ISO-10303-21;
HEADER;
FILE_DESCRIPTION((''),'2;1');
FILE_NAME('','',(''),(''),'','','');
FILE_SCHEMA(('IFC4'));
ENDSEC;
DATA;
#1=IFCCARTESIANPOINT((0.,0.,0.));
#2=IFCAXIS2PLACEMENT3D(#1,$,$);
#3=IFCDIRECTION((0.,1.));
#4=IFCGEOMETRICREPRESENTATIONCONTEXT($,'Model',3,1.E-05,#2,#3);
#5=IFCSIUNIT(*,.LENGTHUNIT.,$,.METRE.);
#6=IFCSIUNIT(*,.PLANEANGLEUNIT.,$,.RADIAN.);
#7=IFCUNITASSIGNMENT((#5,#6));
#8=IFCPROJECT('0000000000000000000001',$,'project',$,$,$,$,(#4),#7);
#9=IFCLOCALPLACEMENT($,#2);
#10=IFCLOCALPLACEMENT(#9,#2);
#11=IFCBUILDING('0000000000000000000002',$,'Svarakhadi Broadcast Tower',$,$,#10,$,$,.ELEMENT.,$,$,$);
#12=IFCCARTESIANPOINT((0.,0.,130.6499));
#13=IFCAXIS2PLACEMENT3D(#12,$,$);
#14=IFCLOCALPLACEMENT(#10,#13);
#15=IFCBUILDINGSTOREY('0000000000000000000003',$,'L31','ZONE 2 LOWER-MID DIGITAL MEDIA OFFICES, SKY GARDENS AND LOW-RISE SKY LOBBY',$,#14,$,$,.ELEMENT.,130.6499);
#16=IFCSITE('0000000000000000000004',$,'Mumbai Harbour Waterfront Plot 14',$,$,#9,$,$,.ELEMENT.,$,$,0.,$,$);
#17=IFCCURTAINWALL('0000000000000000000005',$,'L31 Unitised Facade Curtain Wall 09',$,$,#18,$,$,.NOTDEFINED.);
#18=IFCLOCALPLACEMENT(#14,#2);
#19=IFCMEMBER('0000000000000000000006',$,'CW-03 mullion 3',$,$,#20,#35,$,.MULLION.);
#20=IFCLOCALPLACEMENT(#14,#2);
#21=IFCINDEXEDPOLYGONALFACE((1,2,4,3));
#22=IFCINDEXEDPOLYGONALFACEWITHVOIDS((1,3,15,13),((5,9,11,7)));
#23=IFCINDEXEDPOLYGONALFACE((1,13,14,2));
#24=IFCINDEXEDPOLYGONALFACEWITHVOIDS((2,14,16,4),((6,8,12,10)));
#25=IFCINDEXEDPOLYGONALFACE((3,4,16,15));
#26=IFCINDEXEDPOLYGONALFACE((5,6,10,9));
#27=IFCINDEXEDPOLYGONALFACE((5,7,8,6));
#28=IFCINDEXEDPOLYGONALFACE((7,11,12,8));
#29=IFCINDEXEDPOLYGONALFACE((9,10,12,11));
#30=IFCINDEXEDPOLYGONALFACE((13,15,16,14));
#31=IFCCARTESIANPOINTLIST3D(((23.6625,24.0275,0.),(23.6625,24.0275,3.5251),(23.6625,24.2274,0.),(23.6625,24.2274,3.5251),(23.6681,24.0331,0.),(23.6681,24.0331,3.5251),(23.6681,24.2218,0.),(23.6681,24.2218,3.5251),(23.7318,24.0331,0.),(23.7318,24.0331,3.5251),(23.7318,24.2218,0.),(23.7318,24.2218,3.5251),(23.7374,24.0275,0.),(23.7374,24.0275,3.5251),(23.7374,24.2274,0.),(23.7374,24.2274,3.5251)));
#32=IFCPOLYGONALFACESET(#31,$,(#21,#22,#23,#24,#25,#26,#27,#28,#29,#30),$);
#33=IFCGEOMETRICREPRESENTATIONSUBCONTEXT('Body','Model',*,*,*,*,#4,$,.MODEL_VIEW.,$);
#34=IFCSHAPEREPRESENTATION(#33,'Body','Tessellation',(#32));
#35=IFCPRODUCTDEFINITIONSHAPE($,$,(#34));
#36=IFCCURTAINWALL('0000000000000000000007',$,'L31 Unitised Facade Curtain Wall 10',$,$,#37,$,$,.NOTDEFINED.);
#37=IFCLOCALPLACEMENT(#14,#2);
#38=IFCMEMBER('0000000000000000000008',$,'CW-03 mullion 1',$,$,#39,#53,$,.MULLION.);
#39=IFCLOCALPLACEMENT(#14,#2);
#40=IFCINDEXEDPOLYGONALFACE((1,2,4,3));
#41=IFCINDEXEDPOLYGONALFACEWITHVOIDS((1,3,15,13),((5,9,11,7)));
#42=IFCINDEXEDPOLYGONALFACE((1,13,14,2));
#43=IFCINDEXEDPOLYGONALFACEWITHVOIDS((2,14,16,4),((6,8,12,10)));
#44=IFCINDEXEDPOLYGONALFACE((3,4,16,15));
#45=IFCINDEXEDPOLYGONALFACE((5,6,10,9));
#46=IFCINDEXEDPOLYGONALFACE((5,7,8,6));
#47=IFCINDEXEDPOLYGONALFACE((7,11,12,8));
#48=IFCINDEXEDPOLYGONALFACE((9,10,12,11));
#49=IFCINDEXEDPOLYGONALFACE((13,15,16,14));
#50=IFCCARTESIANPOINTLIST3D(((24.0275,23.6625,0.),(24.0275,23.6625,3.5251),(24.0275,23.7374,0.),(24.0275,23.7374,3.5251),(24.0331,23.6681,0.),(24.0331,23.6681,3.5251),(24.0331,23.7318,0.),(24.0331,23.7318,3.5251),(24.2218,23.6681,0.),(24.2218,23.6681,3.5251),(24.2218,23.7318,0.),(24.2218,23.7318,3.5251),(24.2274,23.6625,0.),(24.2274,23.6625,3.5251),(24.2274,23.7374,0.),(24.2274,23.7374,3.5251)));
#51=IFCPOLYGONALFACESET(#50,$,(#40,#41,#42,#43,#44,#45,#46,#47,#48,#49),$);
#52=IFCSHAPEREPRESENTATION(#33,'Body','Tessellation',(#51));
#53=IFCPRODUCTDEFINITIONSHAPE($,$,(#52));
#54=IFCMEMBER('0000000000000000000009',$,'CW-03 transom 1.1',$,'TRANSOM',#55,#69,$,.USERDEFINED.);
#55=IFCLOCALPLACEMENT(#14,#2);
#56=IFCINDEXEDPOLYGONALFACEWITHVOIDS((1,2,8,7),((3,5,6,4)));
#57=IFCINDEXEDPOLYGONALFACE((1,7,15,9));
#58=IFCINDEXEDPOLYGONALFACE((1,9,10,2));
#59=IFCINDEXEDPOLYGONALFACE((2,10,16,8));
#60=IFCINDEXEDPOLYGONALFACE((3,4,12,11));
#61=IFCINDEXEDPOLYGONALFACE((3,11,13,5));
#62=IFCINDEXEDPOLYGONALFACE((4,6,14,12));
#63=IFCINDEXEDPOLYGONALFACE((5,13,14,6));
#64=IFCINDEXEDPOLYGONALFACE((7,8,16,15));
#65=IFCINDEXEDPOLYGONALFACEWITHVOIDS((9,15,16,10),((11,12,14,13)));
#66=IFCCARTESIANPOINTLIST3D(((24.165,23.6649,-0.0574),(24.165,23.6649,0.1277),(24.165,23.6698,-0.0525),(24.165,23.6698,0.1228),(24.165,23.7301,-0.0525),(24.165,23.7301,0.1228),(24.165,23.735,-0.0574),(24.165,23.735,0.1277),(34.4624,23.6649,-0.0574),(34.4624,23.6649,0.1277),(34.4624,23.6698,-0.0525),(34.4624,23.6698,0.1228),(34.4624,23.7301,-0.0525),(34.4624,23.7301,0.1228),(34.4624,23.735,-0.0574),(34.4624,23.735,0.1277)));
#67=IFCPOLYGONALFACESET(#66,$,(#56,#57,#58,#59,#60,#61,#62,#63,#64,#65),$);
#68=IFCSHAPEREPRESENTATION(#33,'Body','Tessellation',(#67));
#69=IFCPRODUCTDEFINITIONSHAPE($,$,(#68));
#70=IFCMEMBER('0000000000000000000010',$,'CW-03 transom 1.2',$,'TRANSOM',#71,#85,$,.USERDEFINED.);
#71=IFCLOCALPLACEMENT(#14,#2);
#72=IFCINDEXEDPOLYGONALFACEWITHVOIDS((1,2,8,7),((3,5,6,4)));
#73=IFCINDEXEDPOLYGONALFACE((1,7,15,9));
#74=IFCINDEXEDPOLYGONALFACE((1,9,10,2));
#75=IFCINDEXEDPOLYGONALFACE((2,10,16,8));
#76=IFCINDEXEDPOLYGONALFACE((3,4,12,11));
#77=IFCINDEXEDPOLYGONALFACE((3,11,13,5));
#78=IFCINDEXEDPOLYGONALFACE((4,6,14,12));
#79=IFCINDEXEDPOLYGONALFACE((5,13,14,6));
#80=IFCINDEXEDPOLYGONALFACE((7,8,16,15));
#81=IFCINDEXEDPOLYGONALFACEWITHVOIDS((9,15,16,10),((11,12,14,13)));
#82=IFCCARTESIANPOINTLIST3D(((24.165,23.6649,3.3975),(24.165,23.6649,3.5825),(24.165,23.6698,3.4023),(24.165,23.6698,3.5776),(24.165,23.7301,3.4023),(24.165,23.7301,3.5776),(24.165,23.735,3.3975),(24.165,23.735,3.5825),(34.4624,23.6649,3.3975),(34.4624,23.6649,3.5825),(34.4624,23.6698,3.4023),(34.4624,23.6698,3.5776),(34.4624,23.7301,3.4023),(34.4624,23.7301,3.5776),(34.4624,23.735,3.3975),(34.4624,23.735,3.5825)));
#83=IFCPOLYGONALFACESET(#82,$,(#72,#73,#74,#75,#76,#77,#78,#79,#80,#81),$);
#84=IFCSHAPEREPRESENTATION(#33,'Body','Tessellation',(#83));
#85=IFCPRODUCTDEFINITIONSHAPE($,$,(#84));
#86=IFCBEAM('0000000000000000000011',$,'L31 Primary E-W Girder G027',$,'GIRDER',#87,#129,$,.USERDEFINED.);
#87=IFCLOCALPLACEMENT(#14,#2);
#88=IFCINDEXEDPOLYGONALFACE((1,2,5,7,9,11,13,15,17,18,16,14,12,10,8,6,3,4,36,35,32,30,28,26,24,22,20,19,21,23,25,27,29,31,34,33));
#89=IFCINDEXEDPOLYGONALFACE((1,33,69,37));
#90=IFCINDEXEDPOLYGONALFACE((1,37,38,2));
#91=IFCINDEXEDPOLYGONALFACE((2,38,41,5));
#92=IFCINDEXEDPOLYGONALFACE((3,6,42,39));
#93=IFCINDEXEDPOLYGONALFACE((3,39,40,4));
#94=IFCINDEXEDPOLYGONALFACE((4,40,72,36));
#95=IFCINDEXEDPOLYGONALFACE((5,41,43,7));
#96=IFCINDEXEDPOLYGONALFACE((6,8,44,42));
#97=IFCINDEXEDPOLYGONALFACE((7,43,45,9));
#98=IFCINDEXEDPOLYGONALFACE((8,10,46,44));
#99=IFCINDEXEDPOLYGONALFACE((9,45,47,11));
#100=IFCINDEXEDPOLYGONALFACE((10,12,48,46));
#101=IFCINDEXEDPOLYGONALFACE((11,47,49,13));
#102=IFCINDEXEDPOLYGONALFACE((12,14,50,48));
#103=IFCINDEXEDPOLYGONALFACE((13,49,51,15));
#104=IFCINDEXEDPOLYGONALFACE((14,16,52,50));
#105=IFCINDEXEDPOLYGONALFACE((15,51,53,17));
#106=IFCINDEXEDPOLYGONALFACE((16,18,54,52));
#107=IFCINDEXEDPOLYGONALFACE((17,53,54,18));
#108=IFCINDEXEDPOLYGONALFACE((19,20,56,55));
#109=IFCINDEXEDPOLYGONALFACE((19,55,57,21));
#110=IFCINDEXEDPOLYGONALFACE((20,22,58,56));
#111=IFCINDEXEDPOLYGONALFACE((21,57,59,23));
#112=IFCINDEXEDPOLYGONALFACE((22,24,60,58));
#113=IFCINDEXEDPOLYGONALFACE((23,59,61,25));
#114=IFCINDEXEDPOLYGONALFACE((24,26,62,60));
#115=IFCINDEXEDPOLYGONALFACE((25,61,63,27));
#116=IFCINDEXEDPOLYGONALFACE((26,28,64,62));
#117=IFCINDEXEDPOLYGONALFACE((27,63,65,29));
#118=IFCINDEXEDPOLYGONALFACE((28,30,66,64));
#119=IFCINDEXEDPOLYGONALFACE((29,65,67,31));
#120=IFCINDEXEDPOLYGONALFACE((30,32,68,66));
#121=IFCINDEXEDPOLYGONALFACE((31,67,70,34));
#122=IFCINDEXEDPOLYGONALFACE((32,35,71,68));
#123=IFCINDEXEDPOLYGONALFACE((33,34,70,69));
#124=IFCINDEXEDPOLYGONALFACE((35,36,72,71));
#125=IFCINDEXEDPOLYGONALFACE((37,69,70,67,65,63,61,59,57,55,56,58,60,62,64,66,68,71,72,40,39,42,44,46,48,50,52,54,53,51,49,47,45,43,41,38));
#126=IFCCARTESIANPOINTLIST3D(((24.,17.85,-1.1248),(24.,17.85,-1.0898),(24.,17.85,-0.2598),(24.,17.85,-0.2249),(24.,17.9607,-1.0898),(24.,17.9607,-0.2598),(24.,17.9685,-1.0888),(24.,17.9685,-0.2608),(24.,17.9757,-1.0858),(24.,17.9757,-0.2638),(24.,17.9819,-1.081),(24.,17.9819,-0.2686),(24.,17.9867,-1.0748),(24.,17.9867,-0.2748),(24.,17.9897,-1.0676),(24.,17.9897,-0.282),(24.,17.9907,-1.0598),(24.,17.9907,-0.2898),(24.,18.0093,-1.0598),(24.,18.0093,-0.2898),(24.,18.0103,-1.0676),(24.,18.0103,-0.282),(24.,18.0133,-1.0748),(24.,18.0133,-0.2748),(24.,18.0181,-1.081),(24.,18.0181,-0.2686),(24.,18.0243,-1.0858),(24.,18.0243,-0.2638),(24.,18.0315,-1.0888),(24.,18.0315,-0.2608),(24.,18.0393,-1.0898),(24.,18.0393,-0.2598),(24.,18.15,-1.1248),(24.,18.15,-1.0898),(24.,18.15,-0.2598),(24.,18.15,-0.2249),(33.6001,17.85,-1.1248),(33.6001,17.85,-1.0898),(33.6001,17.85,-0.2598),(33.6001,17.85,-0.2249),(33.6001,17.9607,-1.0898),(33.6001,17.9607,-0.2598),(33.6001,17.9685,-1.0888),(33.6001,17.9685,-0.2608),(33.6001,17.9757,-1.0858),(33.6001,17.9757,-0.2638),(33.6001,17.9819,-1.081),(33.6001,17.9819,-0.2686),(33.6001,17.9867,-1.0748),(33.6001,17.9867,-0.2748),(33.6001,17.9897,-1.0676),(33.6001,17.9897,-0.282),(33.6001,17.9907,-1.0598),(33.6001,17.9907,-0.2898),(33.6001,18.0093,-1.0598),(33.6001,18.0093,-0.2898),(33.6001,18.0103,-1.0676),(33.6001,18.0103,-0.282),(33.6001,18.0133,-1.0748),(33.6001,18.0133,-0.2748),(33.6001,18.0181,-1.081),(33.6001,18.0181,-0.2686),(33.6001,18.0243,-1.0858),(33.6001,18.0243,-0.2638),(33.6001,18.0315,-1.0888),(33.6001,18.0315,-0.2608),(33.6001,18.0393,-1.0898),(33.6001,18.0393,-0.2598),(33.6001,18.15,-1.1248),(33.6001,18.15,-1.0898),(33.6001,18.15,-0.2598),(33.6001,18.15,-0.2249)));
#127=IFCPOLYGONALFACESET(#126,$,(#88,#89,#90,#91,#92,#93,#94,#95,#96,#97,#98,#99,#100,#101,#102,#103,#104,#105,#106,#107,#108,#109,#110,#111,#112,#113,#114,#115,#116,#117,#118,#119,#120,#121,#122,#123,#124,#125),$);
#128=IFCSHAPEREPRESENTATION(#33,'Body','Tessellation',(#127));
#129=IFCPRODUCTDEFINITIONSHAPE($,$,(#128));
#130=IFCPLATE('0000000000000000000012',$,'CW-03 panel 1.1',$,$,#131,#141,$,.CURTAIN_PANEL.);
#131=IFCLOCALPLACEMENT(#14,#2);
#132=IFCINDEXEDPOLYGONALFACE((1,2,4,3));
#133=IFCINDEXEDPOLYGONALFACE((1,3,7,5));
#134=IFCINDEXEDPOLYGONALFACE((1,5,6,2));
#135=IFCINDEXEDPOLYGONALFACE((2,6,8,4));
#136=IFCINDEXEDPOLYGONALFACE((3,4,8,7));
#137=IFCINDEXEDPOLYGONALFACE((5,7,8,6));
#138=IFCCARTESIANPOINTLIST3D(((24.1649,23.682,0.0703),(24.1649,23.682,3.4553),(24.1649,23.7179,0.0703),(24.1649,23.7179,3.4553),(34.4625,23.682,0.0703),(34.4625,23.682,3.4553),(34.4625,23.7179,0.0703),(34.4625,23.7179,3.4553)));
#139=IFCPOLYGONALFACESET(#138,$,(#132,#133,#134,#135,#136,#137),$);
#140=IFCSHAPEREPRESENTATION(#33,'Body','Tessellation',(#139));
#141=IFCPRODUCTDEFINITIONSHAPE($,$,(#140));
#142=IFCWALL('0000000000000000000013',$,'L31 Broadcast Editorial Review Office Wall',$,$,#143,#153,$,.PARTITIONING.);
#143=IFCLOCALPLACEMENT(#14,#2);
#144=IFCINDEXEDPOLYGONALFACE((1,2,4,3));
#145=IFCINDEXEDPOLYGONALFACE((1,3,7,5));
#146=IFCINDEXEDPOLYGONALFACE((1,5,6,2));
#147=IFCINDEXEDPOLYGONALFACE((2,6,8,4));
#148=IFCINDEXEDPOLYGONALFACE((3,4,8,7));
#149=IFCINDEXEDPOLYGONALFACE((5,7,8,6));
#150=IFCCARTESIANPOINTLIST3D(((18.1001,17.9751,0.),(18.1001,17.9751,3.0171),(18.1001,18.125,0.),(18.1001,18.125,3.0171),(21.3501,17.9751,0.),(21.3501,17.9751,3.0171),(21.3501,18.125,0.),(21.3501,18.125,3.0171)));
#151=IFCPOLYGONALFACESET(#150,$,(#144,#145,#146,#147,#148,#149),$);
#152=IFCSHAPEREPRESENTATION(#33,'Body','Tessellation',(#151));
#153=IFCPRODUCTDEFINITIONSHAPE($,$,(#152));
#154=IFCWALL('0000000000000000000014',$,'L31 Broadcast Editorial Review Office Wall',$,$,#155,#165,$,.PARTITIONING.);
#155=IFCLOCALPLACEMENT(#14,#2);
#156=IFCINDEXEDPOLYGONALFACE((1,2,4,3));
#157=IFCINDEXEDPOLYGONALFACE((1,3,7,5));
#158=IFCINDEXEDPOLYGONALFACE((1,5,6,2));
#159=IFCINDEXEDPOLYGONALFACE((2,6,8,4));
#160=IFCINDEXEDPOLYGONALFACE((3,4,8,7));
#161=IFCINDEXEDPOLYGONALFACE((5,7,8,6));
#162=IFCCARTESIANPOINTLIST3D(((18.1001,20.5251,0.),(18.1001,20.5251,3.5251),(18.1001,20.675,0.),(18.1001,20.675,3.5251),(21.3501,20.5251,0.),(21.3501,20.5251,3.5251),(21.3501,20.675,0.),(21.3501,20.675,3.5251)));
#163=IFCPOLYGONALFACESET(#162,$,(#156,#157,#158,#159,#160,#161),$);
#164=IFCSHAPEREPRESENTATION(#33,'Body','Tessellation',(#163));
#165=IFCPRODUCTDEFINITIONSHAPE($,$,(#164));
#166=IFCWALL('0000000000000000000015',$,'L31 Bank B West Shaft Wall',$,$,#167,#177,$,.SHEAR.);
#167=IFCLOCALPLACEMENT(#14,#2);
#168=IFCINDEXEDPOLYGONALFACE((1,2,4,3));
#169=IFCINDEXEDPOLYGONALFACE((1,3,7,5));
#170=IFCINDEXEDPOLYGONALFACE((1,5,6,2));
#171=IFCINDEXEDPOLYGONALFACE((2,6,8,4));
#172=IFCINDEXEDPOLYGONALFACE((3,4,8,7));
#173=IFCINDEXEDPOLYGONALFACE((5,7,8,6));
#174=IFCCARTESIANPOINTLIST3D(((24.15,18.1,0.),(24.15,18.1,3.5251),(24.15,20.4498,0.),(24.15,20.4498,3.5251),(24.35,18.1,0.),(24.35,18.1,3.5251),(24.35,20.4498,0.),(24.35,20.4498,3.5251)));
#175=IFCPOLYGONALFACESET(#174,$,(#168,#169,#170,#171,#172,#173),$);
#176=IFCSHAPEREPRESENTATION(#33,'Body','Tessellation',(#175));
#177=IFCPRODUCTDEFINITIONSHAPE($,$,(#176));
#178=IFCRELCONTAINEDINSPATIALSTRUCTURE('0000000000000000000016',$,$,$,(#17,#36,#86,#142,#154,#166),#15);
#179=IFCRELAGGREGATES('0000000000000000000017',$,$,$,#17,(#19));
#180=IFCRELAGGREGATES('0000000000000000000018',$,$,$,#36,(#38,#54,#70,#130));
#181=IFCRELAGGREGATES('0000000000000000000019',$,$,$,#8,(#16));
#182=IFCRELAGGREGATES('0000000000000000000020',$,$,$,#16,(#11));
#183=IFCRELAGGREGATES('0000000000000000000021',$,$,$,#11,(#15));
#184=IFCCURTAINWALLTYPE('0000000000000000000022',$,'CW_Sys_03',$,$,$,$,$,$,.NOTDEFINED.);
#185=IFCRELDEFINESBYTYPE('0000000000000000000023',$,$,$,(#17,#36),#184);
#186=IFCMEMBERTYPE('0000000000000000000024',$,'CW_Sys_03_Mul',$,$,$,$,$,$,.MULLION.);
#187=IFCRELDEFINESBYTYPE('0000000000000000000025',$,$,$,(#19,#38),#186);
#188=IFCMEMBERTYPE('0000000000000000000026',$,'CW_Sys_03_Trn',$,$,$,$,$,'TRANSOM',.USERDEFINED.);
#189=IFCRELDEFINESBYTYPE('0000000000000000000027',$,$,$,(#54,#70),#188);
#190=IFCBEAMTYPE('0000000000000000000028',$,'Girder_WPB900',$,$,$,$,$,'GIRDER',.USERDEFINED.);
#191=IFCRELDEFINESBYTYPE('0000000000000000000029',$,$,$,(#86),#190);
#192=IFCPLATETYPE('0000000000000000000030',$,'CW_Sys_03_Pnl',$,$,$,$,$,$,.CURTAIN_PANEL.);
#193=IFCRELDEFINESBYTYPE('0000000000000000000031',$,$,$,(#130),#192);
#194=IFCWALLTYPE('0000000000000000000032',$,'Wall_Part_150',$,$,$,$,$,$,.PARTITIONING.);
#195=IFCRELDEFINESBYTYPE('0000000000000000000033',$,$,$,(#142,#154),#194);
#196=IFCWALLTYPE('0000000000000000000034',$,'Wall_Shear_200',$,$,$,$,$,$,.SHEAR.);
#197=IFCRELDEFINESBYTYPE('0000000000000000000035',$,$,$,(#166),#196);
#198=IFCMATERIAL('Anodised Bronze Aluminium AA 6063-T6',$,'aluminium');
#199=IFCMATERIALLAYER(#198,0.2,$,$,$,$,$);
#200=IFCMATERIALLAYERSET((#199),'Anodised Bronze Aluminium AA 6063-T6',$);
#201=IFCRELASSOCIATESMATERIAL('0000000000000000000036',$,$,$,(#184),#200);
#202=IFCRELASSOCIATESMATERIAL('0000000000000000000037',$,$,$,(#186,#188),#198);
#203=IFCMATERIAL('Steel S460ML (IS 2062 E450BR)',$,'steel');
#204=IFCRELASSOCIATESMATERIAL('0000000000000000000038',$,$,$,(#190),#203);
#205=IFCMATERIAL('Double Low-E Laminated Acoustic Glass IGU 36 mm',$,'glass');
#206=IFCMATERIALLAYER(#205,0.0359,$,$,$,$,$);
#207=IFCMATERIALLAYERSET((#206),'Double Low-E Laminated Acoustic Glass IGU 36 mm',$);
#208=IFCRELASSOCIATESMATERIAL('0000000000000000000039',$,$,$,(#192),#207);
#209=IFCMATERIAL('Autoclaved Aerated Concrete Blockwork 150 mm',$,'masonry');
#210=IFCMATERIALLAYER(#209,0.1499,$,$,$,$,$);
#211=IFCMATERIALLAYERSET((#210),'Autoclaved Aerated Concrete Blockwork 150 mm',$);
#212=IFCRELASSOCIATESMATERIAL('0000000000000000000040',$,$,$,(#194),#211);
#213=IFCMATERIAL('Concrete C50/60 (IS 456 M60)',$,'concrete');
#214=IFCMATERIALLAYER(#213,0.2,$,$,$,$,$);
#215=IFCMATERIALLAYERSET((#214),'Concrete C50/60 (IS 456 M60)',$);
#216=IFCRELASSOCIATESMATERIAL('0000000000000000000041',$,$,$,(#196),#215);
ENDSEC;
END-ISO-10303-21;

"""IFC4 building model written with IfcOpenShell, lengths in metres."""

from ifc_helpers import new_model, si_unit, direction, frame, frame_2d, origin, origin_2d, place, context, subcontext, project, spatial, rectangle, hollow_rectangle, i_section, extrude, material, layer, layer_set, material_profile, profile_set, type_object, element, aggregate, save


model = new_model("IFC4")

# Units and contexts
model_context = context("Model", 3, precision=1e-05, world=origin(), true_north=direction((0.0, 1.0)))
body_context = subcontext(model_context, "Body", "Model", "MODEL_VIEW")
ifc_project = project(units=[si_unit("LENGTHUNIT", "METRE"), si_unit("PLANEANGLEUNIT", "RADIAN")], contexts=[model_context])

# Site, building, storey
site_placement = place(None, origin())
site = spatial("IfcSite", under=ifc_project, at=site_placement, Name="Mumbai Harbour Waterfront Plot 14", CompositionType="ELEMENT", RefElevation=0.0)
building_placement = place(site_placement, origin())
building = spatial("IfcBuilding", under=site, at=building_placement, Name="Svarakhadi Broadcast Tower", CompositionType="ELEMENT")
storey_placement = place(building_placement, frame((0.0, 0.0, 130.6499)))
storey = spatial("IfcBuildingStorey", under=building, at=storey_placement, Name="L31", Description="ZONE 2 LOWER-MID DIGITAL MEDIA OFFICES, SKY GARDENS AND LOW-RISE SKY LOBBY", CompositionType="ELEMENT", Elevation=130.6499)

# Curtain wall, member
ifc_material_1 = material(Name="Anodised Bronze Aluminium AA 6063-T6", Category="aluminium")
ifc_layer_1 = layer(ifc_material_1, 0.2)
ifc_layer_set_1 = layer_set([ifc_layer_1], Name="Anodised Bronze Aluminium AA 6063-T6")
curtain_wall_type = type_object("IfcCurtainWallType", Name="CW_Sys_03", PredefinedType="NOTDEFINED", material=ifc_layer_set_1)
curtain_wall_1_placement = place(storey_placement, origin())
curtain_wall_1 = element("IfcCurtainWall", 1, at=curtain_wall_1_placement, inside=storey, type_object=curtain_wall_type, Name="L31 Unitised Facade Curtain Wall 09", PredefinedType="NOTDEFINED")
ifc_material_profile_1 = material_profile(ifc_material_1, hollow_rectangle(XDim=0.075, YDim=0.2, WallThickness=0.0056, at=origin_2d()), Name="ALU MULLION 200x75x6")
ifc_profile_set_1 = profile_set([ifc_material_profile_1], Name="Anodised Bronze Aluminium AA 6063-T6")
member_type_1 = type_object("IfcMemberType", Name="CW_Sys_03_Mul", PredefinedType="MULLION", material=ifc_profile_set_1)
member_1_placement = place(storey_placement, frame((23.7, 24.1274, 0.0), z_axis=(0.0, 0.0, 1.0), x_axis=(1.0, 0.0, 0.0)))
member_1 = element("IfcMember", 2, at=member_1_placement, type_object=member_type_1, Name="CW-03 mullion 3", PredefinedType="MULLION", context=body_context, shape_type="SweptSolid", body=[
    extrude(hollow_rectangle(XDim=0.075, YDim=0.2, WallThickness=0.0056, at=origin_2d()), origin(), (0.0, 0.0, 1.0), 3.5251),
])
aggregate(curtain_wall_1, [member_1])

# Curtain wall, members
curtain_wall_2_placement = place(storey_placement, origin())
curtain_wall_2 = element("IfcCurtainWall", 3, at=curtain_wall_2_placement, inside=storey, type_object=curtain_wall_type, Name="L31 Unitised Facade Curtain Wall 10", PredefinedType="NOTDEFINED")
member_2_placement = place(storey_placement, frame((24.1274, 23.7, 0.0), z_axis=(0.0, 0.0, 1.0), x_axis=(0.0, 1.0, 0.0)))
member_2 = element("IfcMember", 4, at=member_2_placement, type_object=member_type_1, Name="CW-03 mullion 1", PredefinedType="MULLION", context=body_context, shape_type="SweptSolid", body=[
    extrude(hollow_rectangle(XDim=0.075, YDim=0.2, WallThickness=0.0056, at=origin_2d()), origin(), (0.0, 0.0, 1.0), 3.5251),
])
ifc_material_profile_2 = material_profile(ifc_material_1, hollow_rectangle(XDim=0.0701, YDim=0.1851, WallThickness=0.0049, at=origin_2d()), Name="ALU TRANSOM 185x70x5")
ifc_profile_set_2 = profile_set([ifc_material_profile_2], Name="Anodised Bronze Aluminium AA 6063-T6")
member_type_2 = type_object("IfcMemberType", Name="CW_Sys_03_Trn", ElementType="TRANSOM", PredefinedType="USERDEFINED", material=ifc_profile_set_2)
member_3_placement = place(storey_placement, frame((24.165, 23.7, 0.0352), z_axis=(1.0, 0.0, 0.0), x_axis=(0.0, 1.0, 0.0)))
member_3 = element("IfcMember", 5, at=member_3_placement, type_object=member_type_2, Name="CW-03 transom 1.1", ObjectType="TRANSOM", PredefinedType="USERDEFINED", context=body_context, shape_type="SweptSolid", body=[
    extrude(hollow_rectangle(XDim=0.0701, YDim=0.1851, WallThickness=0.0049, at=origin_2d()), origin(), (0.0, 0.0, 1.0), 10.2974),
])
member_4_placement = place(storey_placement, frame((24.165, 23.7, 3.49), z_axis=(1.0, 0.0, 0.0), x_axis=(0.0, 1.0, 0.0)))
member_4 = element("IfcMember", 6, at=member_4_placement, type_object=member_type_2, Name="CW-03 transom 1.2", ObjectType="TRANSOM", PredefinedType="USERDEFINED", context=body_context, shape_type="SweptSolid", body=[
    extrude(hollow_rectangle(XDim=0.0701, YDim=0.1851, WallThickness=0.0049, at=origin_2d()), origin(), (0.0, 0.0, 1.0), 10.2974),
])

# Beam
ifc_material_2 = material(Name="Steel S460ML (IS 2062 E450BR)", Category="steel")
ifc_material_profile_3 = material_profile(ifc_material_2, i_section(OverallWidth=0.3, OverallDepth=0.8999, WebThickness=0.0186, FlangeThickness=0.0349, FilletRadius=0.03, at=origin_2d()), Name="WPB 900x300x291")
ifc_profile_set_3 = profile_set([ifc_material_profile_3], Name="Steel S460ML (IS 2062 E450BR)")
beam_type = type_object("IfcBeamType", Name="Girder_WPB900", ElementType="GIRDER", PredefinedType="USERDEFINED", material=ifc_profile_set_3)
beam_placement = place(storey_placement, frame((24.0, 18.0, -0.6748), z_axis=(1.0, 0.0, 0.0), x_axis=(0.0, 1.0, 0.0)))
element("IfcBeam", 7, at=beam_placement, inside=storey, type_object=beam_type, Name="L31 Primary E-W Girder G027", ObjectType="GIRDER", PredefinedType="USERDEFINED", context=body_context, shape_type="SweptSolid", body=[
    extrude(i_section(OverallWidth=0.3, OverallDepth=0.8999, WebThickness=0.0186, FlangeThickness=0.0349, FilletRadius=0.03, at=origin_2d()), origin(), (0.0, 0.0, 1.0), 9.6001),
])

# Plate
ifc_material_3 = material(Name="Double Low-E Laminated Acoustic Glass IGU 36 mm", Category="glass")
ifc_layer_2 = layer(ifc_material_3, 0.0359)
ifc_layer_set_2 = layer_set([ifc_layer_2], Name="Double Low-E Laminated Acoustic Glass IGU 36 mm")
plate_type = type_object("IfcPlateType", Name="CW_Sys_03_Pnl", PredefinedType="CURTAIN_PANEL", material=ifc_layer_set_2)
plate_placement = place(storey_placement, frame((29.3137, 23.7, 0.0703), z_axis=(0.0, 0.0, 1.0), x_axis=(1.0, 0.0, 0.0)))
plate = element("IfcPlate", 8, at=plate_placement, type_object=plate_type, Name="CW-03 panel 1.1", PredefinedType="CURTAIN_PANEL", context=body_context, shape_type="SweptSolid", body=[
    extrude(rectangle(XDim=10.2976, YDim=0.0359, at=origin_2d()), origin(), (0.0, 0.0, 1.0), 3.385),
])
aggregate(curtain_wall_2, [member_2, member_3, member_4, plate])

# Walls
ifc_material_4 = material(Name="Autoclaved Aerated Concrete Blockwork 150 mm", Category="masonry")
ifc_layer_3 = layer(ifc_material_4, 0.1499)
ifc_layer_set_3 = layer_set([ifc_layer_3], Name="Autoclaved Aerated Concrete Blockwork 150 mm")
wall_type_1 = type_object("IfcWallType", Name="Wall_Part_150", PredefinedType="PARTITIONING", material=ifc_layer_set_3)
wall_1_placement = place(storey_placement, frame((18.1001, 18.05, 0.0), z_axis=(0.0, 0.0, 1.0), x_axis=(1.0, 0.0, 0.0)))
element("IfcWall", 9, at=wall_1_placement, inside=storey, type_object=wall_type_1, Name="L31 Broadcast Editorial Review Office Wall", PredefinedType="PARTITIONING", context=body_context, shape_type="SweptSolid", body=[
    extrude(rectangle(XDim=3.25, YDim=0.1499, at=frame_2d((1.625, 0.0))), origin(), (0.0, 0.0, 1.0), 3.0171),
])
wall_2_placement = place(storey_placement, frame((18.1001, 20.6001, 0.0), z_axis=(0.0, 0.0, 1.0), x_axis=(1.0, 0.0, 0.0)))
element("IfcWall", 10, at=wall_2_placement, inside=storey, type_object=wall_type_1, Name="L31 Broadcast Editorial Review Office Wall", PredefinedType="PARTITIONING", context=body_context, shape_type="SweptSolid", body=[
    extrude(rectangle(XDim=3.25, YDim=0.1499, at=frame_2d((1.625, 0.0))), origin(), (0.0, 0.0, 1.0), 3.5251),
])
ifc_material_5 = material(Name="Concrete C50/60 (IS 456 M60)", Category="concrete")
ifc_layer_4 = layer(ifc_material_5, 0.2)
ifc_layer_set_4 = layer_set([ifc_layer_4], Name="Concrete C50/60 (IS 456 M60)")
wall_type_2 = type_object("IfcWallType", Name="Wall_Shear_200", PredefinedType="SHEAR", material=ifc_layer_set_4)
wall_3_placement = place(storey_placement, frame((24.25, 18.1001, 0.0), z_axis=(0.0, 0.0, 1.0), x_axis=(0.0, 1.0, 0.0)))
element("IfcWall", 11, at=wall_3_placement, inside=storey, type_object=wall_type_2, Name="L31 Bank B West Shaft Wall", PredefinedType="SHEAR", context=body_context, shape_type="SweptSolid", body=[
    extrude(rectangle(XDim=2.3499, YDim=0.2, at=frame_2d((1.1748, 0.0))), origin(), (0.0, 0.0, 1.0), 3.5251),
])

save(model, "model.ifc")
